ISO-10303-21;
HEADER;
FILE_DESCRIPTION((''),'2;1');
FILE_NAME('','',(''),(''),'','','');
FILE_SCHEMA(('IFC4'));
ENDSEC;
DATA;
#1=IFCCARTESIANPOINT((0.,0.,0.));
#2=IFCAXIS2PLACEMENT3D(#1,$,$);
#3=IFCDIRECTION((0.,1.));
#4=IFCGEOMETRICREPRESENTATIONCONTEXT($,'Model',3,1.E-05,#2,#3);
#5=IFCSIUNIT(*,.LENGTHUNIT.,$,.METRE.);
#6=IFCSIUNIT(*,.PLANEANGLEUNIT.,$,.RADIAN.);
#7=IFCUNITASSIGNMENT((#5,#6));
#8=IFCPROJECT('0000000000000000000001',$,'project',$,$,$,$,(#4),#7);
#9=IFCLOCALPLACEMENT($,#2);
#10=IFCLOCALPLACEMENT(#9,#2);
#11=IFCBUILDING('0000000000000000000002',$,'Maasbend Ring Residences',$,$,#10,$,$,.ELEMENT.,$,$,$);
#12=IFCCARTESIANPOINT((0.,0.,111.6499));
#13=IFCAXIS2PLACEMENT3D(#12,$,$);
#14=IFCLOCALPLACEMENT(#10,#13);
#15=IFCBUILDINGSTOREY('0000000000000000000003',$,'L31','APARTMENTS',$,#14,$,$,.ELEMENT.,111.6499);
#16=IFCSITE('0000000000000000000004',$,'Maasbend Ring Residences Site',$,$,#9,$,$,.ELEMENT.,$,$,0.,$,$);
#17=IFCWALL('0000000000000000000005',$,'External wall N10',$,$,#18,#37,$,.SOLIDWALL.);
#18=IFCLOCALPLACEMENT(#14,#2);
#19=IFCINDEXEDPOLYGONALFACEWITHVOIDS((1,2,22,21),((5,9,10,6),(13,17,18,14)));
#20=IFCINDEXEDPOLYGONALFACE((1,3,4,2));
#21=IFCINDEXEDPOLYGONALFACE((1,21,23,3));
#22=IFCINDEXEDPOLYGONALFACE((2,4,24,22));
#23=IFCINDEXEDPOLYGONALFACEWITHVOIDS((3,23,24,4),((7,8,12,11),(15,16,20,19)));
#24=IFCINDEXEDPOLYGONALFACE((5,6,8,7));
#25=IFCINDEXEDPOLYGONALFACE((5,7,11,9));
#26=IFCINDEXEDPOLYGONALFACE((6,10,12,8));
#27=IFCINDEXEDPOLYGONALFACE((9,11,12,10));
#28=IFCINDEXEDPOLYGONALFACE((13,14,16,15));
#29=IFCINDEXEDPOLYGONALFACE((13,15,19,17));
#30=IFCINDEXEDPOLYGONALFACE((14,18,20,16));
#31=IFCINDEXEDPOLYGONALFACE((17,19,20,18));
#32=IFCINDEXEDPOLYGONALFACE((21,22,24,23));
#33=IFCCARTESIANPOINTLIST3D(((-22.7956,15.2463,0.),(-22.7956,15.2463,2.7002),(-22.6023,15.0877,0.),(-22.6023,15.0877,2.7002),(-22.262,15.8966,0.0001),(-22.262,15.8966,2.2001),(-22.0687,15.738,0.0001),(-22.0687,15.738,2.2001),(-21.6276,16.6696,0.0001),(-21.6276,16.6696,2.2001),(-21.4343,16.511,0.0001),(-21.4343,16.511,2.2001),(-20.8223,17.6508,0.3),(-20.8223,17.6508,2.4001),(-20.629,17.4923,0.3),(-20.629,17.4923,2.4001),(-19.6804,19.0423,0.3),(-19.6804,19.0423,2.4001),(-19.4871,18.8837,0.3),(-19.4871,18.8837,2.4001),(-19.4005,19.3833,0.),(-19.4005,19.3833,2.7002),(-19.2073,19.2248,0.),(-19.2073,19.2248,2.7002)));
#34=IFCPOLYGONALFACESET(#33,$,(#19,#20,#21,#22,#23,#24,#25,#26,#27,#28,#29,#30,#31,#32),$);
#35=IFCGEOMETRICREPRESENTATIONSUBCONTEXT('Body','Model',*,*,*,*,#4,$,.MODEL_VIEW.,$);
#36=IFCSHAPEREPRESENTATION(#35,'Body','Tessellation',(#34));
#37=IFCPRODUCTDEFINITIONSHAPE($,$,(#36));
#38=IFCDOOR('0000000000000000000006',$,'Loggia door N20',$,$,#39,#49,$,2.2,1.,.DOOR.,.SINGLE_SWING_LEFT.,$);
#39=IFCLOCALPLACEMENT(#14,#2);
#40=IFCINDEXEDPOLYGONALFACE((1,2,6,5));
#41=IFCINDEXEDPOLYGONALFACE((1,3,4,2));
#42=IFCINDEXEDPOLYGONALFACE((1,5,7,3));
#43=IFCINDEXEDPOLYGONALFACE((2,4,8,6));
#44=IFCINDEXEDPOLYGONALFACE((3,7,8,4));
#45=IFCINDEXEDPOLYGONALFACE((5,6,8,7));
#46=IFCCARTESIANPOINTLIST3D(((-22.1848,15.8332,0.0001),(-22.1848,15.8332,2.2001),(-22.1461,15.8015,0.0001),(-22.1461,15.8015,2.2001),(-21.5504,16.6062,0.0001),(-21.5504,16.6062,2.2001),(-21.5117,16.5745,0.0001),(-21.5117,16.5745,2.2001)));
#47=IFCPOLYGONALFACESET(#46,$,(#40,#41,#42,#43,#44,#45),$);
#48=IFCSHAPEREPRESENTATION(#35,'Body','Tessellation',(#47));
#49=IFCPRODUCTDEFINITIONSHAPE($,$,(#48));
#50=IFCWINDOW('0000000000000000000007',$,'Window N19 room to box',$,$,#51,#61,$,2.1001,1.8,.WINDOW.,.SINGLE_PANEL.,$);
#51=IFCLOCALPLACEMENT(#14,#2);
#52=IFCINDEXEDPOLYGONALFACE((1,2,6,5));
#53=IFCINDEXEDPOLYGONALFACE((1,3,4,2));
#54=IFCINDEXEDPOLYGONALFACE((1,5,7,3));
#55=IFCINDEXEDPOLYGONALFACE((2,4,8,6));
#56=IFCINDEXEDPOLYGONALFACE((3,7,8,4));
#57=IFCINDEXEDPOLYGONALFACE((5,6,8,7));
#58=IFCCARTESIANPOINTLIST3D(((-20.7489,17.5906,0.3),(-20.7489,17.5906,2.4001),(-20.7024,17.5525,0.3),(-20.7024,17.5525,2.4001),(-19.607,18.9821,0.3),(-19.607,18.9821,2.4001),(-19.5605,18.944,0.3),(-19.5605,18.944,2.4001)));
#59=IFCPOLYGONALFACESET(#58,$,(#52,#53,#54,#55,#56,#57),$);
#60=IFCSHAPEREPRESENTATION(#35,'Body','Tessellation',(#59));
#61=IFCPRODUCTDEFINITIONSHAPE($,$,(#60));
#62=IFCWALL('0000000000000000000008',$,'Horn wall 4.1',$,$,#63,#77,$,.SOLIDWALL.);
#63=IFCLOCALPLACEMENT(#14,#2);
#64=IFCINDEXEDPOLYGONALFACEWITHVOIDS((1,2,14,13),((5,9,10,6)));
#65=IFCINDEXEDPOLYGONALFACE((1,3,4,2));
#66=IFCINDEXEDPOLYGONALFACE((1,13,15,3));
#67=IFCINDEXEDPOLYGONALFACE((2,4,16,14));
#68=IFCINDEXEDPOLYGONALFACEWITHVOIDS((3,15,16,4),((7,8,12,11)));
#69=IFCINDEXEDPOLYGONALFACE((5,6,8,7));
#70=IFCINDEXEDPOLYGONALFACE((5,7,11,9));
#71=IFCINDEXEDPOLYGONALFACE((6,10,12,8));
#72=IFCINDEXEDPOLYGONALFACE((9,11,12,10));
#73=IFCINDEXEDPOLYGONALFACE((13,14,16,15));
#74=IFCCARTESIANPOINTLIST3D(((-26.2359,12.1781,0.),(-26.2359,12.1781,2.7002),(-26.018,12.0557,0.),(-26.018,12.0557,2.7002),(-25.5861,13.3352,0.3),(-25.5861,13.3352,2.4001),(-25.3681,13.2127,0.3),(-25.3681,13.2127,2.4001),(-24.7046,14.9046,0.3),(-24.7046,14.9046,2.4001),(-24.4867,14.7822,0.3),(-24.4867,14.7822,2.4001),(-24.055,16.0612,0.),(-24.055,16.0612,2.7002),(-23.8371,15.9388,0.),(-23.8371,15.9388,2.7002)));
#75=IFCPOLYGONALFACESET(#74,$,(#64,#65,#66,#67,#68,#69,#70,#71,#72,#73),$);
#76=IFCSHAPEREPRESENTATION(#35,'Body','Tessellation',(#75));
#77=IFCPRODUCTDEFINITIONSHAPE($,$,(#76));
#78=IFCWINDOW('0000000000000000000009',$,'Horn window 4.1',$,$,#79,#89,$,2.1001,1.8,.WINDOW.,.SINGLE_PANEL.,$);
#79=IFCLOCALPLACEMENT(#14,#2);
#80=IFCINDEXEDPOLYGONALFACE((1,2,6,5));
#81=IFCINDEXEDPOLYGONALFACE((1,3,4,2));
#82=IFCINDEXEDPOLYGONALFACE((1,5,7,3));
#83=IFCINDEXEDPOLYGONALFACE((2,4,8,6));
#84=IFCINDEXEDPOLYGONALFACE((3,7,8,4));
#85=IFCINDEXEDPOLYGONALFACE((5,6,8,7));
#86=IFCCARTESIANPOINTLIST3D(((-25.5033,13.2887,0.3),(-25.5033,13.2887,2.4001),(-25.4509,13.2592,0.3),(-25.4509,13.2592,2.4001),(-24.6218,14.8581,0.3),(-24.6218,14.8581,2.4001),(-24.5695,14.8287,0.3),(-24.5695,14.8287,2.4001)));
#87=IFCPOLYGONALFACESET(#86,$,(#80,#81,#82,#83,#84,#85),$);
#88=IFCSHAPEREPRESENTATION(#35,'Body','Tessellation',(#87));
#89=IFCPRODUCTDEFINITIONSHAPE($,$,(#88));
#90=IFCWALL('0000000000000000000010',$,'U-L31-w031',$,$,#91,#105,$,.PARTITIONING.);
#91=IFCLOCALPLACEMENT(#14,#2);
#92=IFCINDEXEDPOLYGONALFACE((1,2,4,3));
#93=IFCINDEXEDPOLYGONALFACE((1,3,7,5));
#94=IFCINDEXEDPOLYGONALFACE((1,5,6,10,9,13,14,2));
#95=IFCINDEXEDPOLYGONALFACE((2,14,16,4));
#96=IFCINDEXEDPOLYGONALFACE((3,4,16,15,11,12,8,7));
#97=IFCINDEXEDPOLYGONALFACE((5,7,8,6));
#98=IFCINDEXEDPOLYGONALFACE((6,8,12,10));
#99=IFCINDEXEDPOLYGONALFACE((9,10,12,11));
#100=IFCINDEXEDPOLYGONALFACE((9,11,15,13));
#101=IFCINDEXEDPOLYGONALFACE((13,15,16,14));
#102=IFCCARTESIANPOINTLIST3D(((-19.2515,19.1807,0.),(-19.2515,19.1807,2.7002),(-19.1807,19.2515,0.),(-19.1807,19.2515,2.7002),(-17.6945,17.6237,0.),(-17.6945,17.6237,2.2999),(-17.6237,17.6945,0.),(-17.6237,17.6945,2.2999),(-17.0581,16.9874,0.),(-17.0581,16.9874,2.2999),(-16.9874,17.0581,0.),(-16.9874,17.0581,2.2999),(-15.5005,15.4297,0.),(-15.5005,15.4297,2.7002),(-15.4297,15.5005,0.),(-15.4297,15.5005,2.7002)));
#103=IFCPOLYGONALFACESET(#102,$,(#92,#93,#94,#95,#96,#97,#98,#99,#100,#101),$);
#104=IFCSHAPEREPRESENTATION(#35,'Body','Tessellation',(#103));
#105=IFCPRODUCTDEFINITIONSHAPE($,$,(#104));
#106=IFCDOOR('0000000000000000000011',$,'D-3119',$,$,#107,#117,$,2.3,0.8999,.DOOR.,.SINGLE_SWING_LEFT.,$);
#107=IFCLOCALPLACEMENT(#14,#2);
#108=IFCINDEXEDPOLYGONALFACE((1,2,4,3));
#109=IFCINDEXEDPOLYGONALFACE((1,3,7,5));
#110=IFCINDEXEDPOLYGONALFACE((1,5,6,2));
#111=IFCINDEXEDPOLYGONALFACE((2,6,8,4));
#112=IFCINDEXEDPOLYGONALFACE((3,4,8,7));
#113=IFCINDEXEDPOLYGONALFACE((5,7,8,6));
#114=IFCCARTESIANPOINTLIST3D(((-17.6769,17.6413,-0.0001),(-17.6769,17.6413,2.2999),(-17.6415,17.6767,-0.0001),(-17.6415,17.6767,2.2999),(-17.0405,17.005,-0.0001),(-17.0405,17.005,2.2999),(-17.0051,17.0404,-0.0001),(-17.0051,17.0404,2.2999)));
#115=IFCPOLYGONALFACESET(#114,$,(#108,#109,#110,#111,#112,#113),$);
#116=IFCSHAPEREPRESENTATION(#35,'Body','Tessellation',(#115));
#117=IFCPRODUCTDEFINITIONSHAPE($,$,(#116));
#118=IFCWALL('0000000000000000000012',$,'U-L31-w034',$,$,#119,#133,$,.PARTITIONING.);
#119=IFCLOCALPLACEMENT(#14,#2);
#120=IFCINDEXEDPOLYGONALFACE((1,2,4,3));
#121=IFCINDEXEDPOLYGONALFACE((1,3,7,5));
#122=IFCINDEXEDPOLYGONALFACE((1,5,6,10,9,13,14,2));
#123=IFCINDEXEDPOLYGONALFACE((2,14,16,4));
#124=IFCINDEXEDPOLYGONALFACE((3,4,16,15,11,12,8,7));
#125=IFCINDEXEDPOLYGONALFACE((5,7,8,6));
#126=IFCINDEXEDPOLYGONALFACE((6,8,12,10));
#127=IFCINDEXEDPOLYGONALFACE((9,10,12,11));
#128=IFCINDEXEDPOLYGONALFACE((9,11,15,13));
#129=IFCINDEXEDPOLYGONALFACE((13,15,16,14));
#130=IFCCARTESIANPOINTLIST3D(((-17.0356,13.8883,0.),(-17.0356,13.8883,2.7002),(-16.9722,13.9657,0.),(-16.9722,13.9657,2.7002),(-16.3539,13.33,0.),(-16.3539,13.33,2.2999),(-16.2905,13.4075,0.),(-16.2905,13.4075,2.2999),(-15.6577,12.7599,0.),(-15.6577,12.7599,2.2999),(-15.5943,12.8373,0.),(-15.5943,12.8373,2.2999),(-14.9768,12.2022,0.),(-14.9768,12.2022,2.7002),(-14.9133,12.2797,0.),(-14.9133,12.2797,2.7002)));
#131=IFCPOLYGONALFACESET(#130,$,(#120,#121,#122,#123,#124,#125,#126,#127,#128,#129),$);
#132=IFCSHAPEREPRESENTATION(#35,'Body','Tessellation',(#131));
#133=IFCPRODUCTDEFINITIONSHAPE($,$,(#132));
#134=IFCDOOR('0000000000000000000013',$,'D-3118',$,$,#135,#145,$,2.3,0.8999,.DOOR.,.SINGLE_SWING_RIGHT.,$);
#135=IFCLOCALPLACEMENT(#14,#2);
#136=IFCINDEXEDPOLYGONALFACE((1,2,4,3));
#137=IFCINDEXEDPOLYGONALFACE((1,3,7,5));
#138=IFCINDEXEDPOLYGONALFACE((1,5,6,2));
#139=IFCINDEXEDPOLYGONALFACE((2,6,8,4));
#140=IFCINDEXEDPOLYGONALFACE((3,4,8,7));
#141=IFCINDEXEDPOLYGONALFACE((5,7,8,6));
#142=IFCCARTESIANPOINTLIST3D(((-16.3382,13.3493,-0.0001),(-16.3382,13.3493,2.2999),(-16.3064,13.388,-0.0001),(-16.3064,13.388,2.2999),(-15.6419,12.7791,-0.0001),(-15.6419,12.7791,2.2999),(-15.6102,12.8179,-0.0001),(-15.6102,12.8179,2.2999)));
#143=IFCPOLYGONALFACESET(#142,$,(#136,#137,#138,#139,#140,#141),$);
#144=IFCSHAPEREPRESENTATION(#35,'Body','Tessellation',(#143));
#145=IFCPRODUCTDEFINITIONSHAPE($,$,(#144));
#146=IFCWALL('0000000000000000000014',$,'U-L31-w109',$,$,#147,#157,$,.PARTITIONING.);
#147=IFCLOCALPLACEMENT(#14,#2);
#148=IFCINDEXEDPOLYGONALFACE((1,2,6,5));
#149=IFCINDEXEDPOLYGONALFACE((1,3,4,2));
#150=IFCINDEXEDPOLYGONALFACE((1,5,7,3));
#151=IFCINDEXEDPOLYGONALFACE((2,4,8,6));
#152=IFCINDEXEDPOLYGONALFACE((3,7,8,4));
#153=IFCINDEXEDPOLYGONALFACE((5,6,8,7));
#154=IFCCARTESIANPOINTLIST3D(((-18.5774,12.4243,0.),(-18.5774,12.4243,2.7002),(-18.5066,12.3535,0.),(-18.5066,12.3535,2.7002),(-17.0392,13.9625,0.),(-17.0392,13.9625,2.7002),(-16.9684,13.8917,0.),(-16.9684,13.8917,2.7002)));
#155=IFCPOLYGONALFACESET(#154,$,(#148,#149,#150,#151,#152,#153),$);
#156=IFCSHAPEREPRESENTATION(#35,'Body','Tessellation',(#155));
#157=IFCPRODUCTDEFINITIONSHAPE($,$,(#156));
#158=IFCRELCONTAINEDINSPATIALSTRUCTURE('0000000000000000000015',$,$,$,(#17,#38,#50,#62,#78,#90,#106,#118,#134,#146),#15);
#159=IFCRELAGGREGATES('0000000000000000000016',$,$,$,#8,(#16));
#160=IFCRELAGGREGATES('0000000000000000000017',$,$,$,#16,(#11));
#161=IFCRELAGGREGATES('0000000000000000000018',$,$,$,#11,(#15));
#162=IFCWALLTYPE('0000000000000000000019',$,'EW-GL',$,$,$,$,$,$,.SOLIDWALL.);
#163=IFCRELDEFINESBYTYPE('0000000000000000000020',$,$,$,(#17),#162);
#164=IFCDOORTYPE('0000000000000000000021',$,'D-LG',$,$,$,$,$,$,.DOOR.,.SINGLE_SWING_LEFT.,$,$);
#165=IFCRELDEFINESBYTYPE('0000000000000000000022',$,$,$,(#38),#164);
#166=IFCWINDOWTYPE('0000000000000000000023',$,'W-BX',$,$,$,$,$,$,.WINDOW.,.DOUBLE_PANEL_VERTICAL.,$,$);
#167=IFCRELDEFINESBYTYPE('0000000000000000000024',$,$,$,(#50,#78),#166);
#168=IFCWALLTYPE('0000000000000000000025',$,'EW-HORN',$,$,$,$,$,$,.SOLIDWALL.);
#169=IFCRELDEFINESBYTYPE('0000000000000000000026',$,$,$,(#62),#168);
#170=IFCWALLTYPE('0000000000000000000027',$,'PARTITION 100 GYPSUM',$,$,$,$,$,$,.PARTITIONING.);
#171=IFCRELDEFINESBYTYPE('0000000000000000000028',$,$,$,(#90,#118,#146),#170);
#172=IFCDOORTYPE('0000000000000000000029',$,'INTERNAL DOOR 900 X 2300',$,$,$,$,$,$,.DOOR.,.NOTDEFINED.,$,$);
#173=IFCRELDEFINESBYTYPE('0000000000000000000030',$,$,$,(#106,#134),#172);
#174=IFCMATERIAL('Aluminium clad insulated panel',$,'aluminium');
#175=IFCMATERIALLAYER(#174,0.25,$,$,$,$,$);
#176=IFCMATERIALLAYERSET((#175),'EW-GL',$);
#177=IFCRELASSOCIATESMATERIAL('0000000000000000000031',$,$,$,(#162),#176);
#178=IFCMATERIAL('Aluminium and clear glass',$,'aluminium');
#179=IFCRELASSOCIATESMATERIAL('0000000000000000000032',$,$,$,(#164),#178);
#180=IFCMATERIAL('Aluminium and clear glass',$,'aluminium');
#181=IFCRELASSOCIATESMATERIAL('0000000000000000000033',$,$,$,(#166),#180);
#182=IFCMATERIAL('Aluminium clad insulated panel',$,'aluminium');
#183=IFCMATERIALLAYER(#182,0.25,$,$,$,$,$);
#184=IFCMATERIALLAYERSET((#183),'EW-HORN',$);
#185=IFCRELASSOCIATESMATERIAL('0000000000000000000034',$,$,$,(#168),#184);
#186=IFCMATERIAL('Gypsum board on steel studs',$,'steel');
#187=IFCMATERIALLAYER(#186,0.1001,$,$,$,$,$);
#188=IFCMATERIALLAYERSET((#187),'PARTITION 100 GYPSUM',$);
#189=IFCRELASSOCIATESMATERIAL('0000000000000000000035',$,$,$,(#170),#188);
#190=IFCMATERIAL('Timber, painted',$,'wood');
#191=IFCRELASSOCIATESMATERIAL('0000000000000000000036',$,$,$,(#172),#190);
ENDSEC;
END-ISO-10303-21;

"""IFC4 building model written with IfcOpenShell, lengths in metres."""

from ifc_helpers import new_model, si_unit, direction, frame, frame_2d, origin, place, context, subcontext, project, spatial, rectangle, extrude, material, layer, layer_set, type_object, element, fill, save


model = new_model("IFC4")

# Units and contexts
model_context = context("Model", 3, precision=1e-05, world=origin(), true_north=direction((0.0, 1.0)))
body_context = subcontext(model_context, "Body", "Model", "MODEL_VIEW")
ifc_project = project(units=[si_unit("LENGTHUNIT", "METRE"), si_unit("PLANEANGLEUNIT", "RADIAN")], contexts=[model_context])

# Site, building, storey
site_placement = place(None, origin())
site = spatial("IfcSite", under=ifc_project, at=site_placement, Name="Maasbend Ring Residences Site", CompositionType="ELEMENT", RefElevation=0.0)
building_placement = place(site_placement, origin())
building = spatial("IfcBuilding", under=site, at=building_placement, Name="Maasbend Ring Residences", CompositionType="ELEMENT")
storey_placement = place(building_placement, frame((0.0, 0.0, 111.6499)))
storey = spatial("IfcBuildingStorey", under=building, at=storey_placement, Name="L31", Description="APARTMENTS", CompositionType="ELEMENT", Elevation=111.6499)

# Wall, openings, door, window
ifc_material_1 = material(Name="Aluminium clad insulated panel", Category="aluminium")
ifc_layer_1 = layer(ifc_material_1, 0.25)
ifc_layer_set_1 = layer_set([ifc_layer_1], Name="EW-GL")
wall_type_1 = type_object("IfcWallType", Name="EW-GL", PredefinedType="SOLIDWALL", material=ifc_layer_set_1)
wall_1_placement = place(storey_placement, frame((-19.304, 19.304, 0.0), z_axis=(0.0, 0.0, 1.0), x_axis=(-0.634382, -0.773019, 0.0)))
wall_1 = element("IfcWall", 1, at=wall_1_placement, inside=storey, type_object=wall_type_1, Name="External wall N10", PredefinedType="SOLIDWALL", context=body_context, shape_type="SweptSolid", body=[
    extrude(rectangle(XDim=5.3518, YDim=0.25, at=frame_2d((2.6758, 0.0))), origin(), (0.0, 0.0, 1.0), 2.7002),
])
opening_1_placement = place(wall_1_placement, frame((0.4412, 0.0, 0.3)))
opening_1 = element("IfcOpeningElement", 2, at=opening_1_placement, cuts=wall_1, PredefinedType="OPENING", context=body_context, shape_type="SweptSolid", body=[
    extrude(rectangle(XDim=1.8, YDim=2.1001, at=frame_2d((0.8999, 1.05))), frame((0.0, 0.135, 0.0), z_axis=(0.0, -1.0, 0.0), x_axis=(1.0, 0.0, 0.0)), (0.0, 0.0, 1.0), 0.27),
])
opening_2_placement = place(wall_1_placement, frame((3.5105, 0.0, 0.0)))
opening_2 = element("IfcOpeningElement", 3, at=opening_2_placement, cuts=wall_1, PredefinedType="OPENING", context=body_context, shape_type="SweptSolid", body=[
    extrude(rectangle(XDim=1.0, YDim=2.2, at=frame_2d((0.5, 1.1001))), frame((0.0, 0.135, 0.0), z_axis=(0.0, -1.0, 0.0), x_axis=(1.0, 0.0, 0.0)), (0.0, 0.0, 1.0), 0.27),
])
ifc_material_2 = material(Name="Aluminium and clear glass", Category="aluminium")
door_type_1 = type_object("IfcDoorType", Name="D-LG", OperationType="SINGLE_SWING_LEFT", PredefinedType="DOOR", material=ifc_material_2)
door_1_placement = place(opening_2_placement, origin())
door_1 = element("IfcDoor", 4, at=door_1_placement, inside=storey, type_object=door_type_1, Name="Loggia door N20", OperationType="SINGLE_SWING_LEFT", OverallHeight=2.2, OverallWidth=1.0, PredefinedType="DOOR", context=body_context, shape_type="SweptSolid", body=[
    extrude(rectangle(XDim=1.0, YDim=2.2, at=frame_2d((0.5, 1.1001))), frame((0.0, 0.0249, 0.0), z_axis=(0.0, -1.0, 0.0), x_axis=(1.0, 0.0, 0.0)), (0.0, 0.0, 1.0), 0.05),
])
fill(opening_2, door_1)
ifc_material_3 = material(Name="Aluminium and clear glass", Category="aluminium")
window_type = type_object("IfcWindowType", Name="W-BX", PartitioningType="DOUBLE_PANEL_VERTICAL", PredefinedType="WINDOW", material=ifc_material_3)
window_1_placement = place(opening_1_placement, origin())
window_1 = element("IfcWindow", 5, at=window_1_placement, inside=storey, type_object=window_type, Name="Window N19 room to box", OverallHeight=2.1001, OverallWidth=1.8, PartitioningType="SINGLE_PANEL", PredefinedType="WINDOW", context=body_context, shape_type="SweptSolid", body=[
    extrude(rectangle(XDim=1.8, YDim=2.1001, at=frame_2d((0.8999, 1.05))), frame((0.0, 0.03, 0.0), z_axis=(0.0, -1.0, 0.0), x_axis=(1.0, 0.0, 0.0)), (0.0, 0.0, 1.0), 0.0601),
])
fill(opening_1, window_1)

# Wall, opening, window
ifc_material_4 = material(Name="Aluminium clad insulated panel", Category="aluminium")
ifc_layer_2 = layer(ifc_material_4, 0.25)
ifc_layer_set_2 = layer_set([ifc_layer_2], Name="EW-HORN")
wall_type_2 = type_object("IfcWallType", Name="EW-HORN", PredefinedType="SOLIDWALL", material=ifc_layer_set_2)
wall_2_placement = place(storey_placement, frame((-23.946, 16.0, 0.0), z_axis=(0.0, 0.0, 1.0), x_axis=(-0.489696, -0.871893, 0.0)))
wall_2 = element("IfcWall", 6, at=wall_2_placement, inside=storey, type_object=wall_type_2, Name="Horn wall 4.1", PredefinedType="SOLIDWALL", context=body_context, shape_type="SweptSolid", body=[
    extrude(rectangle(XDim=4.4536, YDim=0.25, at=frame_2d((2.2268, 0.0))), origin(), (0.0, 0.0, 1.0), 2.7002),
])
opening_3_placement = place(wall_2_placement, frame((1.3267, 0.0, 0.3)))
opening_3 = element("IfcOpeningElement", 7, at=opening_3_placement, cuts=wall_2, PredefinedType="OPENING", context=body_context, shape_type="SweptSolid", body=[
    extrude(rectangle(XDim=1.8, YDim=2.1001, at=frame_2d((0.8999, 1.05))), frame((0.0, 0.135, 0.0), z_axis=(0.0, -1.0, 0.0), x_axis=(1.0, 0.0, 0.0)), (0.0, 0.0, 1.0), 0.27),
])
window_2_placement = place(opening_3_placement, origin())
window_2 = element("IfcWindow", 8, at=window_2_placement, inside=storey, type_object=window_type, Name="Horn window 4.1", OverallHeight=2.1001, OverallWidth=1.8, PartitioningType="SINGLE_PANEL", PredefinedType="WINDOW", context=body_context, shape_type="SweptSolid", body=[
    extrude(rectangle(XDim=1.8, YDim=2.1001, at=frame_2d((0.8999, 1.05))), frame((0.0, 0.03, 0.0), z_axis=(0.0, -1.0, 0.0), x_axis=(1.0, 0.0, 0.0)), (0.0, 0.0, 1.0), 0.0601),
])
fill(opening_3, window_2)

# Walls, openings, doors
ifc_material_5 = material(Name="Gypsum board on steel studs", Category="steel")
ifc_layer_3 = layer(ifc_material_5, 0.1001)
ifc_layer_set_3 = layer_set([ifc_layer_3], Name="PARTITION 100 GYPSUM")
wall_type_3 = type_object("IfcWallType", Name="PARTITION 100 GYPSUM", PredefinedType="PARTITIONING", material=ifc_layer_set_3)
wall_3_placement = place(storey_placement, frame((-19.2161, 19.2161, 0.0), z_axis=(0.0, 0.0, 1.0), x_axis=(0.707107, -0.707107, 0.0)))
wall_3 = element("IfcWall", 9, at=wall_3_placement, inside=storey, type_object=wall_type_3, Name="U-L31-w031", PredefinedType="PARTITIONING", context=body_context, shape_type="SweptSolid", body=[
    extrude(rectangle(XDim=5.3047, YDim=0.1001, at=frame_2d((2.6523, 0.0))), origin(), (0.0, 0.0, 1.0), 2.7002),
])
opening_4_placement = place(wall_3_placement, frame((2.2019, 0.0, 0.0)))
opening_4 = element("IfcOpeningElement", 10, at=opening_4_placement, cuts=wall_3, PredefinedType="OPENING", context=body_context, shape_type="SweptSolid", body=[
    extrude(rectangle(XDim=0.8999, YDim=2.3, at=frame_2d((0.45, 1.1499))), frame((0.0, 0.0601, 0.0), z_axis=(0.0, -1.0, 0.0), x_axis=(1.0, 0.0, 0.0)), (0.0, 0.0, 1.0), 0.1201),
])
ifc_material_6 = material(Name="Timber, painted", Category="wood")
door_type_2 = type_object("IfcDoorType", Name="INTERNAL DOOR 900 X 2300", OperationType="NOTDEFINED", PredefinedType="DOOR", material=ifc_material_6)
door_2_placement = place(opening_4_placement, origin())
door_2 = element("IfcDoor", 11, at=door_2_placement, inside=storey, type_object=door_type_2, Name="D-3119", OperationType="SINGLE_SWING_LEFT", OverallHeight=2.3, OverallWidth=0.8999, PredefinedType="DOOR", context=body_context, shape_type="SweptSolid", body=[
    extrude(rectangle(XDim=0.8999, YDim=2.3, at=frame_2d((0.45, 1.1499))), frame((0.0, 0.0249, 0.0), z_axis=(0.0, -1.0, 0.0), x_axis=(1.0, 0.0, 0.0)), (0.0, 0.0, 1.0), 0.05),
])
fill(opening_4, door_2)
wall_4_placement = place(storey_placement, frame((-17.0039, 13.927, 0.0), z_axis=(0.0, 0.0, 1.0), x_axis=(0.773675, -0.633582, 0.0)))
wall_4 = element("IfcWall", 12, at=wall_4_placement, inside=storey, type_object=wall_type_3, Name="U-L31-w034", PredefinedType="PARTITIONING", context=body_context, shape_type="SweptSolid", body=[
    extrude(rectangle(XDim=2.6611, YDim=0.1001, at=frame_2d((1.3306, 0.0))), origin(), (0.0, 0.0, 1.0), 2.7002),
])
opening_5_placement = place(wall_4_placement, frame((0.8811, 0.0, 0.0)))
opening_5 = element("IfcOpeningElement", 13, at=opening_5_placement, cuts=wall_4, PredefinedType="OPENING", context=body_context, shape_type="SweptSolid", body=[
    extrude(rectangle(XDim=0.8999, YDim=2.3, at=frame_2d((0.45, 1.1499))), frame((0.0, 0.0601, 0.0), z_axis=(0.0, -1.0, 0.0), x_axis=(1.0, 0.0, 0.0)), (0.0, 0.0, 1.0), 0.1201),
])
door_3_placement = place(opening_5_placement, origin())
door_3 = element("IfcDoor", 14, at=door_3_placement, inside=storey, type_object=door_type_2, Name="D-3118", OperationType="SINGLE_SWING_RIGHT", OverallHeight=2.3, OverallWidth=0.8999, PredefinedType="DOOR", context=body_context, shape_type="SweptSolid", body=[
    extrude(rectangle(XDim=0.8999, YDim=2.3, at=frame_2d((0.45, 1.1499))), frame((0.0, 0.0249, 0.0), z_axis=(0.0, -1.0, 0.0), x_axis=(1.0, 0.0, 0.0)), (0.0, 0.0, 1.0), 0.05),
])
fill(opening_5, door_3)

# Wall
wall_5_placement = place(storey_placement, frame((-18.542, 12.3889, 0.0), z_axis=(0.0, 0.0, 1.0), x_axis=(0.707107, 0.707107, 0.0)))
element("IfcWall", 15, at=wall_5_placement, inside=storey, type_object=wall_type_3, Name="U-L31-w109", PredefinedType="PARTITIONING", context=body_context, shape_type="SweptSolid", body=[
    extrude(rectangle(XDim=2.1753, YDim=0.1001, at=frame_2d((1.0876, 0.0))), origin(), (0.0, 0.0, 1.0), 2.7002),
])

save(model, "model.ifc")
